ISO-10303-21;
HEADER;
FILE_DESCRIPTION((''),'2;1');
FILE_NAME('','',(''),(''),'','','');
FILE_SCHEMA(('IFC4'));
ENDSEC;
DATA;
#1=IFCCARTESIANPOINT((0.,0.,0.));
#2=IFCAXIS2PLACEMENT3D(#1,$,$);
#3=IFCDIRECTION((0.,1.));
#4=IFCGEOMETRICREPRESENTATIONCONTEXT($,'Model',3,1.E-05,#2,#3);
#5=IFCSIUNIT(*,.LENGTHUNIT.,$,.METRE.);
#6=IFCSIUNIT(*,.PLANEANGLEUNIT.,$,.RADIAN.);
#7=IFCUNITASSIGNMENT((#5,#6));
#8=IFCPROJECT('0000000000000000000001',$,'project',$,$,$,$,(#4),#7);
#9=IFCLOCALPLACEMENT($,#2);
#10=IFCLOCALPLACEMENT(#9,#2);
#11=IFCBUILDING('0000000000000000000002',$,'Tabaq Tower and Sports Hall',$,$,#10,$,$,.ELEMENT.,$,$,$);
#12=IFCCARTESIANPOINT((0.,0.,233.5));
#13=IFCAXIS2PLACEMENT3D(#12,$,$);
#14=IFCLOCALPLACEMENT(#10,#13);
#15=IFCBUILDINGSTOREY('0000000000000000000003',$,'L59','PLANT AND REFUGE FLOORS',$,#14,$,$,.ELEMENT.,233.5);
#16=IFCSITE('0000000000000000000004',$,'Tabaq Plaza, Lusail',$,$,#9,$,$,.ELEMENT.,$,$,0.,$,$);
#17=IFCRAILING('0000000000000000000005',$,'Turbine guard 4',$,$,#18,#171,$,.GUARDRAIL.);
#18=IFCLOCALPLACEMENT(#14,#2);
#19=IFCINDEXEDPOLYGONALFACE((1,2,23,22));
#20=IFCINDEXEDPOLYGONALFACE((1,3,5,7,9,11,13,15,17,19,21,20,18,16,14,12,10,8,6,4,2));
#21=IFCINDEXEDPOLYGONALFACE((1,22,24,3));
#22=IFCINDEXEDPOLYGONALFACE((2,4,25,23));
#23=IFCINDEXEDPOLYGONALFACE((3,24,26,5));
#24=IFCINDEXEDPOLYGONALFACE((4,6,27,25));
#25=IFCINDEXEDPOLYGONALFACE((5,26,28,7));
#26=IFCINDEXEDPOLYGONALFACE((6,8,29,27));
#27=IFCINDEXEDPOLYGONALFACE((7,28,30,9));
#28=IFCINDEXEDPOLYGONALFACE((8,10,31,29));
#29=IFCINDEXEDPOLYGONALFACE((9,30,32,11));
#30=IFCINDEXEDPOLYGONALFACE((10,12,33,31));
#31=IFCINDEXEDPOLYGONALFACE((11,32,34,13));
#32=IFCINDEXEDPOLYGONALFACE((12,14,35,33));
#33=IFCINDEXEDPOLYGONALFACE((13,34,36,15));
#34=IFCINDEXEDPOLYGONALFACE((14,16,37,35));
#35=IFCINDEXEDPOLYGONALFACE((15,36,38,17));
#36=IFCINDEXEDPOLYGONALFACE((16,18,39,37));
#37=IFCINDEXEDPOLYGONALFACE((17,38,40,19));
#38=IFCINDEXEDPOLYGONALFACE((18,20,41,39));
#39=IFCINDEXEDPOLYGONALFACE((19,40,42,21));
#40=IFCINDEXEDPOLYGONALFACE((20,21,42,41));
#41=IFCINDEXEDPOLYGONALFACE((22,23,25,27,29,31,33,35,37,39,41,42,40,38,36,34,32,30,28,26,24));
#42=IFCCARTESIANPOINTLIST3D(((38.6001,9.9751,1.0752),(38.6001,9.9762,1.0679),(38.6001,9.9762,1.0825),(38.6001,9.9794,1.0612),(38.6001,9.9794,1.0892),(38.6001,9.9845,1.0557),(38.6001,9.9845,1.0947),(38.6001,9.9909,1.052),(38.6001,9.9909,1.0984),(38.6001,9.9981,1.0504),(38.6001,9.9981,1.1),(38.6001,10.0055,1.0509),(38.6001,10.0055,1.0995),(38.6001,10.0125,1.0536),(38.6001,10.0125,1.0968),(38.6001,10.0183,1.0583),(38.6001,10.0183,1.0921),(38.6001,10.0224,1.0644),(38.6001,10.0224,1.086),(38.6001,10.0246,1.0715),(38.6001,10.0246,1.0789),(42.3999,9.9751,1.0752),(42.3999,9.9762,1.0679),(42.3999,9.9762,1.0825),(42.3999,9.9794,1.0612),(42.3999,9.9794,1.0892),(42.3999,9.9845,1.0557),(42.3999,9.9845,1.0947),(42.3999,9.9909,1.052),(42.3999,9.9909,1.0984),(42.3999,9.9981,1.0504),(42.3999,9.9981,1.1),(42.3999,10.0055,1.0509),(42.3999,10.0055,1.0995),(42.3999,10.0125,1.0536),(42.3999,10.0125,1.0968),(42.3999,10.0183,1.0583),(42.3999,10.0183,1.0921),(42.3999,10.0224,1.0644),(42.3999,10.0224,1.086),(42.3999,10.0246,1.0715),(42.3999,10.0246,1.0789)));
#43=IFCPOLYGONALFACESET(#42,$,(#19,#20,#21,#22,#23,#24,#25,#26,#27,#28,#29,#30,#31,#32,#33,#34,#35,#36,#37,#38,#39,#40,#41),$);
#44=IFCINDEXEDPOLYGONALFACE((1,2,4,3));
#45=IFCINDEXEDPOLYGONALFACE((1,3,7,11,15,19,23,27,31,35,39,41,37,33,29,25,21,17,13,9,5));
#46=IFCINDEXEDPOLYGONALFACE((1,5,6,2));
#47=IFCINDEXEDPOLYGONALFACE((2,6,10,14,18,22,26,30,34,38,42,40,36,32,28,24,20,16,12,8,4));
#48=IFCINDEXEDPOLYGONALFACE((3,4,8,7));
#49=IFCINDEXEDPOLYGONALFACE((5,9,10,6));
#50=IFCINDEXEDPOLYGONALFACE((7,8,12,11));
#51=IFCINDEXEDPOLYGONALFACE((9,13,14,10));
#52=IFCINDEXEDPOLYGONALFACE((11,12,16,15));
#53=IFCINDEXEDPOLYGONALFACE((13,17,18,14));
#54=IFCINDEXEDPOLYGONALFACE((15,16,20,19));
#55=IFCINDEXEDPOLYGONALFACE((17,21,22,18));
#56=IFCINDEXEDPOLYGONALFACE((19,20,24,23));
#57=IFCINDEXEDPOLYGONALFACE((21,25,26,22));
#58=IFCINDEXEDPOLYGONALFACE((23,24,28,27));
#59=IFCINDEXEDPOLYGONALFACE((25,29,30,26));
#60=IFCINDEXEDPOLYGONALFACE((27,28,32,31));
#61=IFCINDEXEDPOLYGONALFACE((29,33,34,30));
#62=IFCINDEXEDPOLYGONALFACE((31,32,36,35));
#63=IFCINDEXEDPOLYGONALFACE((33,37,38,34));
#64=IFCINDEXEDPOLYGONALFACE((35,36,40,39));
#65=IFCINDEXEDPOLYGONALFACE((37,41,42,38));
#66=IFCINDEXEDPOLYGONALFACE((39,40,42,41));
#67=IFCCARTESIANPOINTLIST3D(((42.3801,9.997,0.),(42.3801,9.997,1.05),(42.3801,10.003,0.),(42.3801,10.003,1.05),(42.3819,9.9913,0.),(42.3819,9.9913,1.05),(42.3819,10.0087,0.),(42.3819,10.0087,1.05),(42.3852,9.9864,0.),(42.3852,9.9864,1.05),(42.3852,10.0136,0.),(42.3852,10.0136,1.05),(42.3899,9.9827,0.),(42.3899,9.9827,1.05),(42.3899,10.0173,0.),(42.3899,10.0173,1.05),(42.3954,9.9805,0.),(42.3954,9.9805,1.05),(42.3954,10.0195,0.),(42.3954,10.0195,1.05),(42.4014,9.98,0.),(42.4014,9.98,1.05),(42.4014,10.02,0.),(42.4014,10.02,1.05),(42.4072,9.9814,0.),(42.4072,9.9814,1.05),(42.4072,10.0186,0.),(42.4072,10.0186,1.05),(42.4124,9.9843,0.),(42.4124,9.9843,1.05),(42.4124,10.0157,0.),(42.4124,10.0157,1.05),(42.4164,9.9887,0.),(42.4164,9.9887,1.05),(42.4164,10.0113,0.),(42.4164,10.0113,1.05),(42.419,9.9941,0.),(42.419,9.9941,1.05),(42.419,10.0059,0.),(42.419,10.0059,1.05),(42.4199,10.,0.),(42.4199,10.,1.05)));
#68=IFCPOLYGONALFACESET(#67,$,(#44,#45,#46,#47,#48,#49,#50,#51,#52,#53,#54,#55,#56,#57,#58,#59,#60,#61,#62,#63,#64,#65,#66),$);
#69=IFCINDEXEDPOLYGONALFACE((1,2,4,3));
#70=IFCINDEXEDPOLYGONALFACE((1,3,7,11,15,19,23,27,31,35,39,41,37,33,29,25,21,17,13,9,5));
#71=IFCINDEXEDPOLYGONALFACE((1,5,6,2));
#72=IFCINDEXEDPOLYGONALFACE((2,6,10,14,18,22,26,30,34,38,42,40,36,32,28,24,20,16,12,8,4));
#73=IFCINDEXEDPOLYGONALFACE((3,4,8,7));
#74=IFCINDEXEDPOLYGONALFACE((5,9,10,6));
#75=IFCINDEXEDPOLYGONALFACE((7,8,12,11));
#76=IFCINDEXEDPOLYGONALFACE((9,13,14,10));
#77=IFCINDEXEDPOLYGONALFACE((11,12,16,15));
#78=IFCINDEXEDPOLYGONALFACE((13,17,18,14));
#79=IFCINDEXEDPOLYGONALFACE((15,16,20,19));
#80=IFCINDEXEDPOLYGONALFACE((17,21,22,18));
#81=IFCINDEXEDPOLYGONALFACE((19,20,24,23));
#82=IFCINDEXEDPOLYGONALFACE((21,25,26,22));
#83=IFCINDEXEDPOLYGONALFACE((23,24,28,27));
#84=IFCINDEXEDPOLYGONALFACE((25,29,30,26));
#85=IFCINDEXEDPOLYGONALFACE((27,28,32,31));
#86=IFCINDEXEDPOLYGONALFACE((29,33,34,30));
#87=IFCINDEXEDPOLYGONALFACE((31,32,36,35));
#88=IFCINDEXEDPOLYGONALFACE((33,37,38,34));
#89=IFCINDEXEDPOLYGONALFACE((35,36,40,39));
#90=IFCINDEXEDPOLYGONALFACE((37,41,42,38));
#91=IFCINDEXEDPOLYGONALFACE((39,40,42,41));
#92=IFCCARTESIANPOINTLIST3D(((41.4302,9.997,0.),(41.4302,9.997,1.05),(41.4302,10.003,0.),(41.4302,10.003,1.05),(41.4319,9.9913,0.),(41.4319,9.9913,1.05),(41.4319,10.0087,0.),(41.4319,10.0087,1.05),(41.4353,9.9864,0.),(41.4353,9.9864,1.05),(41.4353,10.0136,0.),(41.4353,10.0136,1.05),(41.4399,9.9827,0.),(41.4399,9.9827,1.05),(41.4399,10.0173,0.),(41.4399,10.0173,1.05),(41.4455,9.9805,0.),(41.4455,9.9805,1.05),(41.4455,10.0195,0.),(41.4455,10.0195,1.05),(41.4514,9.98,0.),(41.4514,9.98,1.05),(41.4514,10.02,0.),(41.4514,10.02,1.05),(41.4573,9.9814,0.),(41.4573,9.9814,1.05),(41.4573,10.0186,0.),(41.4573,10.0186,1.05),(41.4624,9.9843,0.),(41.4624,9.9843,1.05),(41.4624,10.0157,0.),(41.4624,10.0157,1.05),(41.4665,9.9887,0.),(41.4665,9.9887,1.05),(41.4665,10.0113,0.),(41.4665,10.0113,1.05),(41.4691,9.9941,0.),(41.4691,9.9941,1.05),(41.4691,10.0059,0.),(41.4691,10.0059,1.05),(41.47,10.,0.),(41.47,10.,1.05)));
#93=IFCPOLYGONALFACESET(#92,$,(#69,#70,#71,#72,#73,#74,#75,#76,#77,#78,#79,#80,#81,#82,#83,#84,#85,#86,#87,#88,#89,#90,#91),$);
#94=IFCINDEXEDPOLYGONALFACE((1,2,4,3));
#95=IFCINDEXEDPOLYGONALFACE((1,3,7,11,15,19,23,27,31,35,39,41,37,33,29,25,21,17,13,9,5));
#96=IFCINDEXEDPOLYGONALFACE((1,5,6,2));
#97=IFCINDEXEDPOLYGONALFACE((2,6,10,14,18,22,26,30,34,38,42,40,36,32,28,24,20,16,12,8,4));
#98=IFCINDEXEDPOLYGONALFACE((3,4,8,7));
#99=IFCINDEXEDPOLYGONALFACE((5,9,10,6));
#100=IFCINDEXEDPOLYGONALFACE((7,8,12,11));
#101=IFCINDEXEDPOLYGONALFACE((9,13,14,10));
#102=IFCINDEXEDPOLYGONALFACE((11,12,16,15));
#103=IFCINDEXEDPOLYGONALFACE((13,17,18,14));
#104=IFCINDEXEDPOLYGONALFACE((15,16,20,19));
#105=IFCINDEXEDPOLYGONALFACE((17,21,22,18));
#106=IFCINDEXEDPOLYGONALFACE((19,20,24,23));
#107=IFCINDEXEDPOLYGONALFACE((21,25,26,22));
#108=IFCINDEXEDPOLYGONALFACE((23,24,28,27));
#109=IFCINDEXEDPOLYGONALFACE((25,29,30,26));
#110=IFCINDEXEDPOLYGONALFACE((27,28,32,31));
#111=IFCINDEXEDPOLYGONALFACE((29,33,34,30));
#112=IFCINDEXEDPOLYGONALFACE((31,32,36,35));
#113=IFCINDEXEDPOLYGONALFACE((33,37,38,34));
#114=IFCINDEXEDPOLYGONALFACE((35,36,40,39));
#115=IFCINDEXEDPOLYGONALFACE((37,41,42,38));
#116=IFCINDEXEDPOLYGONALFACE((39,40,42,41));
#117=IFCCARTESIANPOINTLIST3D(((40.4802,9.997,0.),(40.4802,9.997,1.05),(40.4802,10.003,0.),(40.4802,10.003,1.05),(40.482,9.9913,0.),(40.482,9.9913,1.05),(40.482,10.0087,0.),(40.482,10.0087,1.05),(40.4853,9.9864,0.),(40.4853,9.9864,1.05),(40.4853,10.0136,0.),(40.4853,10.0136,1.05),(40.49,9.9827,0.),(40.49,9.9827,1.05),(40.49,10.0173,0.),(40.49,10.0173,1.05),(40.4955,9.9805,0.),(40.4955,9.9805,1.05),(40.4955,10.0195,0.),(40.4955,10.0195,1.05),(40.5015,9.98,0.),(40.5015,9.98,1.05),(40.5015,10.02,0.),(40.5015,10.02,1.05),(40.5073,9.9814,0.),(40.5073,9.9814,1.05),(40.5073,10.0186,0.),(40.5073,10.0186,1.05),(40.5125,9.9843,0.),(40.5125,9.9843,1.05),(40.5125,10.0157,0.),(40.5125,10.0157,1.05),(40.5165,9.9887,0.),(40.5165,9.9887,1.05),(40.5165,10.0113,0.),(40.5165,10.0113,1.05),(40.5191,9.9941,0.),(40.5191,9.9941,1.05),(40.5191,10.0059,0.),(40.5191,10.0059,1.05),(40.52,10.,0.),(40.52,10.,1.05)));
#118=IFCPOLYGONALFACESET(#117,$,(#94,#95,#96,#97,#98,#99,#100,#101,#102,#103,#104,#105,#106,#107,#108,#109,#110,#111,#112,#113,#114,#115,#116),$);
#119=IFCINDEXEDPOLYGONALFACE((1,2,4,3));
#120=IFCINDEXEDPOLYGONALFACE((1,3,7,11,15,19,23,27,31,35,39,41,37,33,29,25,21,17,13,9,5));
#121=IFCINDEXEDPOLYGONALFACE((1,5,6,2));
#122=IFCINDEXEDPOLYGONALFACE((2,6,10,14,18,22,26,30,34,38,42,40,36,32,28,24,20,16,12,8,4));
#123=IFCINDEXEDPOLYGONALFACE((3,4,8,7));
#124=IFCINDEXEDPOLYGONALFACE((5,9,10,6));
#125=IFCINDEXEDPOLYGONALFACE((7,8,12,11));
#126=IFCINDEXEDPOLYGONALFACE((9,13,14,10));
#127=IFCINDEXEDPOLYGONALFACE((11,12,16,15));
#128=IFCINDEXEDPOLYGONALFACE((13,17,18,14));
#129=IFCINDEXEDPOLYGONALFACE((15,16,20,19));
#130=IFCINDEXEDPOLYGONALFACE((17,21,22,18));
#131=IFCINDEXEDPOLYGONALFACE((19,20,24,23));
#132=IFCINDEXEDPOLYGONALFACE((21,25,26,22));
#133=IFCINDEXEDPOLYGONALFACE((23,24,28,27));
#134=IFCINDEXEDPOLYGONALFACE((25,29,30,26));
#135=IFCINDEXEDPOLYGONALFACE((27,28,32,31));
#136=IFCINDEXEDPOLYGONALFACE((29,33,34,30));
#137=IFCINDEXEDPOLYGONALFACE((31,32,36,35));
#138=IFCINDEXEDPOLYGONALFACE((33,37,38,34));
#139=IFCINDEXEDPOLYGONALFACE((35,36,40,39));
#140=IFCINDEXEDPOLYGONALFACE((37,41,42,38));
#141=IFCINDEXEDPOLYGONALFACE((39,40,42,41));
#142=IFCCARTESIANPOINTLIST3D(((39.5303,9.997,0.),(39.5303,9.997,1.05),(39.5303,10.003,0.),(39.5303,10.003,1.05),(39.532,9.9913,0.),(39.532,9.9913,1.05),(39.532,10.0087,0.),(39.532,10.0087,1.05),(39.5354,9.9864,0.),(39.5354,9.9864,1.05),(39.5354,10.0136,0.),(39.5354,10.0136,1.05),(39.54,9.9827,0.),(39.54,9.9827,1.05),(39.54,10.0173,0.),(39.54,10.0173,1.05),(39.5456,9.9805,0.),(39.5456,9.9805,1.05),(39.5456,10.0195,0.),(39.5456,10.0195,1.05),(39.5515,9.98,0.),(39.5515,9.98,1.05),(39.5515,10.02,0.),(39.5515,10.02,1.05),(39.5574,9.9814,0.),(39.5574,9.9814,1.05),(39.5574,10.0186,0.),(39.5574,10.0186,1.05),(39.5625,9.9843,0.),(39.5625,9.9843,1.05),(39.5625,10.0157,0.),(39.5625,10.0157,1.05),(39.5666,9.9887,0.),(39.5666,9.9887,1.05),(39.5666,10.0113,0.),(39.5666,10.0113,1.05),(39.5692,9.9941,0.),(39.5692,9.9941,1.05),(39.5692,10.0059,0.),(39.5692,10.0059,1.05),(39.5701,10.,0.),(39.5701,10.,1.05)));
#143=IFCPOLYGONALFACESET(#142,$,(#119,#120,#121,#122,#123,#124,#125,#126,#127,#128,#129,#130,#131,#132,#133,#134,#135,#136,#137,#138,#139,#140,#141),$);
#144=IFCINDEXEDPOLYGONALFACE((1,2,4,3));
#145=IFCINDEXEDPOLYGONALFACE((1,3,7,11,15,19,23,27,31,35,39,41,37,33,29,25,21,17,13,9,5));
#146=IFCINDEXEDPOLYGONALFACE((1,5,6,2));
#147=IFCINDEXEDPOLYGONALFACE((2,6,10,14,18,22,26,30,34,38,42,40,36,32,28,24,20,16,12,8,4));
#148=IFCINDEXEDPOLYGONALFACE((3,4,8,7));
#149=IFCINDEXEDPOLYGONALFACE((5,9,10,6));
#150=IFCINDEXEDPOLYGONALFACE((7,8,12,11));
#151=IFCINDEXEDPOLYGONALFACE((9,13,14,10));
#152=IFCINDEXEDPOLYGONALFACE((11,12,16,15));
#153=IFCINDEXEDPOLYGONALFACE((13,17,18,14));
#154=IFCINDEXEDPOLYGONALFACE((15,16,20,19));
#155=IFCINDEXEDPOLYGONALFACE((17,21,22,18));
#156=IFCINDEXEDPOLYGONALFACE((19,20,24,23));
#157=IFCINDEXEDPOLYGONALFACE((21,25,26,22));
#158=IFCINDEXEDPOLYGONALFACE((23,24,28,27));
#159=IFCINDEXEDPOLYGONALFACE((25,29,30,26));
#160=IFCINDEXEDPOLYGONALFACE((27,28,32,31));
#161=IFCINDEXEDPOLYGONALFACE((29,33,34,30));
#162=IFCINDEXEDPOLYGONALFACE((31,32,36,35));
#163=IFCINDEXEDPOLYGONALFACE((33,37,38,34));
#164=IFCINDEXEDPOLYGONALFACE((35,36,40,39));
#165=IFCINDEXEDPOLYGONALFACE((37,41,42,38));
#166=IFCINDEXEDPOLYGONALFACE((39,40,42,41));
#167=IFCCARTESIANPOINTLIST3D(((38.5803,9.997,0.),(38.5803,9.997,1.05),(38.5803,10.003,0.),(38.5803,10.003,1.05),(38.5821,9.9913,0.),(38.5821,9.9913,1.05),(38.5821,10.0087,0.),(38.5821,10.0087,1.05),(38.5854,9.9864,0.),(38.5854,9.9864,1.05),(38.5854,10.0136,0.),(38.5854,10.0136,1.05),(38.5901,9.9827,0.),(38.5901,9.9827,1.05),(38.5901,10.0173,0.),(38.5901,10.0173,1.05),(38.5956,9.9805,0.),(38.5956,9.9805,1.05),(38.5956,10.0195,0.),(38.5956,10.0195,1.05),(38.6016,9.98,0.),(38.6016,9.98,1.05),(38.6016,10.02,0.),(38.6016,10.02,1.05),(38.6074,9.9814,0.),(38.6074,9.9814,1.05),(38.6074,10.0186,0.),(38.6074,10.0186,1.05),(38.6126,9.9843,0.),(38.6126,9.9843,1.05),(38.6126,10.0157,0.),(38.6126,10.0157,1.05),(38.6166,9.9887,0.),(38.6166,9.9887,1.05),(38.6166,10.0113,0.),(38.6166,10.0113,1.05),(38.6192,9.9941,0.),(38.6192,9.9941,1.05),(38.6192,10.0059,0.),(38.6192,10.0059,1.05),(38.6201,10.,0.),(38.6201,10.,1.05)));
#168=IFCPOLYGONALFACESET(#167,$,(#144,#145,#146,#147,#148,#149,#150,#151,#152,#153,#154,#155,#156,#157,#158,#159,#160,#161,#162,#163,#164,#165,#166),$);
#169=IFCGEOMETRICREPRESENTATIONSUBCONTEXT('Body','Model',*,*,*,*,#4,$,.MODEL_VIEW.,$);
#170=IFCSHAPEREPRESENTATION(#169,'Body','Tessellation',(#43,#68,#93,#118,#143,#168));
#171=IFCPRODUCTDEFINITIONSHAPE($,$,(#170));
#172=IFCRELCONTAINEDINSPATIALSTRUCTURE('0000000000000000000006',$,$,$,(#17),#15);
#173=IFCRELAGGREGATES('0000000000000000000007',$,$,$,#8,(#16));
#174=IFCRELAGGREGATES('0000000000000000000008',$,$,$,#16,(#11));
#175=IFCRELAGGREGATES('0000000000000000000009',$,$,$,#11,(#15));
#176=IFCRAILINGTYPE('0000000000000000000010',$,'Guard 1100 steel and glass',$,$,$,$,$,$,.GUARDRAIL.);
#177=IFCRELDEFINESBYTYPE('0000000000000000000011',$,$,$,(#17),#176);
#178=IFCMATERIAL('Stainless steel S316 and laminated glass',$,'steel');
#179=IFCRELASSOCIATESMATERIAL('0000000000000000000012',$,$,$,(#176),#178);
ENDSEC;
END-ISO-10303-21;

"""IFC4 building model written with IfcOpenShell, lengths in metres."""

from ifc_helpers import new_model, si_unit, direction, frame, origin, origin_2d, place, context, subcontext, project, spatial, circle, extrude, material, type_object, element, save


model = new_model("IFC4")

# Units and contexts
model_context = context("Model", 3, precision=1e-05, world=origin(), true_north=direction((0.0, 1.0)))
body_context = subcontext(model_context, "Body", "Model", "MODEL_VIEW")
ifc_project = project(units=[si_unit("LENGTHUNIT", "METRE"), si_unit("PLANEANGLEUNIT", "RADIAN")], contexts=[model_context])

# Site, building, storey
site_placement = place(None, origin())
site = spatial("IfcSite", under=ifc_project, at=site_placement, Name="Tabaq Plaza, Lusail", CompositionType="ELEMENT", RefElevation=0.0)
building_placement = place(site_placement, origin())
building = spatial("IfcBuilding", under=site, at=building_placement, Name="Tabaq Tower and Sports Hall", CompositionType="ELEMENT")
storey_placement = place(building_placement, frame((0.0, 0.0, 233.5)))
storey = spatial("IfcBuildingStorey", under=building, at=storey_placement, Name="L59", Description="PLANT AND REFUGE FLOORS", CompositionType="ELEMENT", Elevation=233.5)

# Railing
ifc_material_1 = material(Name="Stainless steel S316 and laminated glass", Category="steel")
railing_type = type_object("IfcRailingType", Name="Guard 1100 steel and glass", PredefinedType="GUARDRAIL", material=ifc_material_1)
railing_1_placement = place(storey_placement, frame((42.3999, 10.0, 0.0)))
element("IfcRailing", 1, at=railing_1_placement, inside=storey, type_object=railing_type, Name="Turbine guard 4", PredefinedType="GUARDRAIL", context=body_context, shape_type="SweptSolid", body=[
    extrude(circle(Radius=0.0249, at=origin_2d()), frame((0.0, 0.0, 1.0752), z_axis=(-1.0, 0.0, 0.0), x_axis=(0.0, -1.0, 0.0)), (0.0, 0.0, 1.0), 3.7998),
    extrude(circle(Radius=0.02, at=origin_2d()), origin(), (0.0, 0.0, 1.0), 1.05),
    extrude(circle(Radius=0.02, at=origin_2d()), frame((-0.95, 0.0, 0.0)), (0.0, 0.0, 1.0), 1.05),
    extrude(circle(Radius=0.02, at=origin_2d()), frame((-1.8999, 0.0, 0.0)), (0.0, 0.0, 1.0), 1.05),
    extrude(circle(Radius=0.02, at=origin_2d()), frame((-2.8499, 0.0, 0.0)), (0.0, 0.0, 1.0), 1.05),
    extrude(circle(Radius=0.02, at=origin_2d()), frame((-3.7998, 0.0, 0.0)), (0.0, 0.0, 1.0), 1.05),
])

save(model, "model.ifc")
